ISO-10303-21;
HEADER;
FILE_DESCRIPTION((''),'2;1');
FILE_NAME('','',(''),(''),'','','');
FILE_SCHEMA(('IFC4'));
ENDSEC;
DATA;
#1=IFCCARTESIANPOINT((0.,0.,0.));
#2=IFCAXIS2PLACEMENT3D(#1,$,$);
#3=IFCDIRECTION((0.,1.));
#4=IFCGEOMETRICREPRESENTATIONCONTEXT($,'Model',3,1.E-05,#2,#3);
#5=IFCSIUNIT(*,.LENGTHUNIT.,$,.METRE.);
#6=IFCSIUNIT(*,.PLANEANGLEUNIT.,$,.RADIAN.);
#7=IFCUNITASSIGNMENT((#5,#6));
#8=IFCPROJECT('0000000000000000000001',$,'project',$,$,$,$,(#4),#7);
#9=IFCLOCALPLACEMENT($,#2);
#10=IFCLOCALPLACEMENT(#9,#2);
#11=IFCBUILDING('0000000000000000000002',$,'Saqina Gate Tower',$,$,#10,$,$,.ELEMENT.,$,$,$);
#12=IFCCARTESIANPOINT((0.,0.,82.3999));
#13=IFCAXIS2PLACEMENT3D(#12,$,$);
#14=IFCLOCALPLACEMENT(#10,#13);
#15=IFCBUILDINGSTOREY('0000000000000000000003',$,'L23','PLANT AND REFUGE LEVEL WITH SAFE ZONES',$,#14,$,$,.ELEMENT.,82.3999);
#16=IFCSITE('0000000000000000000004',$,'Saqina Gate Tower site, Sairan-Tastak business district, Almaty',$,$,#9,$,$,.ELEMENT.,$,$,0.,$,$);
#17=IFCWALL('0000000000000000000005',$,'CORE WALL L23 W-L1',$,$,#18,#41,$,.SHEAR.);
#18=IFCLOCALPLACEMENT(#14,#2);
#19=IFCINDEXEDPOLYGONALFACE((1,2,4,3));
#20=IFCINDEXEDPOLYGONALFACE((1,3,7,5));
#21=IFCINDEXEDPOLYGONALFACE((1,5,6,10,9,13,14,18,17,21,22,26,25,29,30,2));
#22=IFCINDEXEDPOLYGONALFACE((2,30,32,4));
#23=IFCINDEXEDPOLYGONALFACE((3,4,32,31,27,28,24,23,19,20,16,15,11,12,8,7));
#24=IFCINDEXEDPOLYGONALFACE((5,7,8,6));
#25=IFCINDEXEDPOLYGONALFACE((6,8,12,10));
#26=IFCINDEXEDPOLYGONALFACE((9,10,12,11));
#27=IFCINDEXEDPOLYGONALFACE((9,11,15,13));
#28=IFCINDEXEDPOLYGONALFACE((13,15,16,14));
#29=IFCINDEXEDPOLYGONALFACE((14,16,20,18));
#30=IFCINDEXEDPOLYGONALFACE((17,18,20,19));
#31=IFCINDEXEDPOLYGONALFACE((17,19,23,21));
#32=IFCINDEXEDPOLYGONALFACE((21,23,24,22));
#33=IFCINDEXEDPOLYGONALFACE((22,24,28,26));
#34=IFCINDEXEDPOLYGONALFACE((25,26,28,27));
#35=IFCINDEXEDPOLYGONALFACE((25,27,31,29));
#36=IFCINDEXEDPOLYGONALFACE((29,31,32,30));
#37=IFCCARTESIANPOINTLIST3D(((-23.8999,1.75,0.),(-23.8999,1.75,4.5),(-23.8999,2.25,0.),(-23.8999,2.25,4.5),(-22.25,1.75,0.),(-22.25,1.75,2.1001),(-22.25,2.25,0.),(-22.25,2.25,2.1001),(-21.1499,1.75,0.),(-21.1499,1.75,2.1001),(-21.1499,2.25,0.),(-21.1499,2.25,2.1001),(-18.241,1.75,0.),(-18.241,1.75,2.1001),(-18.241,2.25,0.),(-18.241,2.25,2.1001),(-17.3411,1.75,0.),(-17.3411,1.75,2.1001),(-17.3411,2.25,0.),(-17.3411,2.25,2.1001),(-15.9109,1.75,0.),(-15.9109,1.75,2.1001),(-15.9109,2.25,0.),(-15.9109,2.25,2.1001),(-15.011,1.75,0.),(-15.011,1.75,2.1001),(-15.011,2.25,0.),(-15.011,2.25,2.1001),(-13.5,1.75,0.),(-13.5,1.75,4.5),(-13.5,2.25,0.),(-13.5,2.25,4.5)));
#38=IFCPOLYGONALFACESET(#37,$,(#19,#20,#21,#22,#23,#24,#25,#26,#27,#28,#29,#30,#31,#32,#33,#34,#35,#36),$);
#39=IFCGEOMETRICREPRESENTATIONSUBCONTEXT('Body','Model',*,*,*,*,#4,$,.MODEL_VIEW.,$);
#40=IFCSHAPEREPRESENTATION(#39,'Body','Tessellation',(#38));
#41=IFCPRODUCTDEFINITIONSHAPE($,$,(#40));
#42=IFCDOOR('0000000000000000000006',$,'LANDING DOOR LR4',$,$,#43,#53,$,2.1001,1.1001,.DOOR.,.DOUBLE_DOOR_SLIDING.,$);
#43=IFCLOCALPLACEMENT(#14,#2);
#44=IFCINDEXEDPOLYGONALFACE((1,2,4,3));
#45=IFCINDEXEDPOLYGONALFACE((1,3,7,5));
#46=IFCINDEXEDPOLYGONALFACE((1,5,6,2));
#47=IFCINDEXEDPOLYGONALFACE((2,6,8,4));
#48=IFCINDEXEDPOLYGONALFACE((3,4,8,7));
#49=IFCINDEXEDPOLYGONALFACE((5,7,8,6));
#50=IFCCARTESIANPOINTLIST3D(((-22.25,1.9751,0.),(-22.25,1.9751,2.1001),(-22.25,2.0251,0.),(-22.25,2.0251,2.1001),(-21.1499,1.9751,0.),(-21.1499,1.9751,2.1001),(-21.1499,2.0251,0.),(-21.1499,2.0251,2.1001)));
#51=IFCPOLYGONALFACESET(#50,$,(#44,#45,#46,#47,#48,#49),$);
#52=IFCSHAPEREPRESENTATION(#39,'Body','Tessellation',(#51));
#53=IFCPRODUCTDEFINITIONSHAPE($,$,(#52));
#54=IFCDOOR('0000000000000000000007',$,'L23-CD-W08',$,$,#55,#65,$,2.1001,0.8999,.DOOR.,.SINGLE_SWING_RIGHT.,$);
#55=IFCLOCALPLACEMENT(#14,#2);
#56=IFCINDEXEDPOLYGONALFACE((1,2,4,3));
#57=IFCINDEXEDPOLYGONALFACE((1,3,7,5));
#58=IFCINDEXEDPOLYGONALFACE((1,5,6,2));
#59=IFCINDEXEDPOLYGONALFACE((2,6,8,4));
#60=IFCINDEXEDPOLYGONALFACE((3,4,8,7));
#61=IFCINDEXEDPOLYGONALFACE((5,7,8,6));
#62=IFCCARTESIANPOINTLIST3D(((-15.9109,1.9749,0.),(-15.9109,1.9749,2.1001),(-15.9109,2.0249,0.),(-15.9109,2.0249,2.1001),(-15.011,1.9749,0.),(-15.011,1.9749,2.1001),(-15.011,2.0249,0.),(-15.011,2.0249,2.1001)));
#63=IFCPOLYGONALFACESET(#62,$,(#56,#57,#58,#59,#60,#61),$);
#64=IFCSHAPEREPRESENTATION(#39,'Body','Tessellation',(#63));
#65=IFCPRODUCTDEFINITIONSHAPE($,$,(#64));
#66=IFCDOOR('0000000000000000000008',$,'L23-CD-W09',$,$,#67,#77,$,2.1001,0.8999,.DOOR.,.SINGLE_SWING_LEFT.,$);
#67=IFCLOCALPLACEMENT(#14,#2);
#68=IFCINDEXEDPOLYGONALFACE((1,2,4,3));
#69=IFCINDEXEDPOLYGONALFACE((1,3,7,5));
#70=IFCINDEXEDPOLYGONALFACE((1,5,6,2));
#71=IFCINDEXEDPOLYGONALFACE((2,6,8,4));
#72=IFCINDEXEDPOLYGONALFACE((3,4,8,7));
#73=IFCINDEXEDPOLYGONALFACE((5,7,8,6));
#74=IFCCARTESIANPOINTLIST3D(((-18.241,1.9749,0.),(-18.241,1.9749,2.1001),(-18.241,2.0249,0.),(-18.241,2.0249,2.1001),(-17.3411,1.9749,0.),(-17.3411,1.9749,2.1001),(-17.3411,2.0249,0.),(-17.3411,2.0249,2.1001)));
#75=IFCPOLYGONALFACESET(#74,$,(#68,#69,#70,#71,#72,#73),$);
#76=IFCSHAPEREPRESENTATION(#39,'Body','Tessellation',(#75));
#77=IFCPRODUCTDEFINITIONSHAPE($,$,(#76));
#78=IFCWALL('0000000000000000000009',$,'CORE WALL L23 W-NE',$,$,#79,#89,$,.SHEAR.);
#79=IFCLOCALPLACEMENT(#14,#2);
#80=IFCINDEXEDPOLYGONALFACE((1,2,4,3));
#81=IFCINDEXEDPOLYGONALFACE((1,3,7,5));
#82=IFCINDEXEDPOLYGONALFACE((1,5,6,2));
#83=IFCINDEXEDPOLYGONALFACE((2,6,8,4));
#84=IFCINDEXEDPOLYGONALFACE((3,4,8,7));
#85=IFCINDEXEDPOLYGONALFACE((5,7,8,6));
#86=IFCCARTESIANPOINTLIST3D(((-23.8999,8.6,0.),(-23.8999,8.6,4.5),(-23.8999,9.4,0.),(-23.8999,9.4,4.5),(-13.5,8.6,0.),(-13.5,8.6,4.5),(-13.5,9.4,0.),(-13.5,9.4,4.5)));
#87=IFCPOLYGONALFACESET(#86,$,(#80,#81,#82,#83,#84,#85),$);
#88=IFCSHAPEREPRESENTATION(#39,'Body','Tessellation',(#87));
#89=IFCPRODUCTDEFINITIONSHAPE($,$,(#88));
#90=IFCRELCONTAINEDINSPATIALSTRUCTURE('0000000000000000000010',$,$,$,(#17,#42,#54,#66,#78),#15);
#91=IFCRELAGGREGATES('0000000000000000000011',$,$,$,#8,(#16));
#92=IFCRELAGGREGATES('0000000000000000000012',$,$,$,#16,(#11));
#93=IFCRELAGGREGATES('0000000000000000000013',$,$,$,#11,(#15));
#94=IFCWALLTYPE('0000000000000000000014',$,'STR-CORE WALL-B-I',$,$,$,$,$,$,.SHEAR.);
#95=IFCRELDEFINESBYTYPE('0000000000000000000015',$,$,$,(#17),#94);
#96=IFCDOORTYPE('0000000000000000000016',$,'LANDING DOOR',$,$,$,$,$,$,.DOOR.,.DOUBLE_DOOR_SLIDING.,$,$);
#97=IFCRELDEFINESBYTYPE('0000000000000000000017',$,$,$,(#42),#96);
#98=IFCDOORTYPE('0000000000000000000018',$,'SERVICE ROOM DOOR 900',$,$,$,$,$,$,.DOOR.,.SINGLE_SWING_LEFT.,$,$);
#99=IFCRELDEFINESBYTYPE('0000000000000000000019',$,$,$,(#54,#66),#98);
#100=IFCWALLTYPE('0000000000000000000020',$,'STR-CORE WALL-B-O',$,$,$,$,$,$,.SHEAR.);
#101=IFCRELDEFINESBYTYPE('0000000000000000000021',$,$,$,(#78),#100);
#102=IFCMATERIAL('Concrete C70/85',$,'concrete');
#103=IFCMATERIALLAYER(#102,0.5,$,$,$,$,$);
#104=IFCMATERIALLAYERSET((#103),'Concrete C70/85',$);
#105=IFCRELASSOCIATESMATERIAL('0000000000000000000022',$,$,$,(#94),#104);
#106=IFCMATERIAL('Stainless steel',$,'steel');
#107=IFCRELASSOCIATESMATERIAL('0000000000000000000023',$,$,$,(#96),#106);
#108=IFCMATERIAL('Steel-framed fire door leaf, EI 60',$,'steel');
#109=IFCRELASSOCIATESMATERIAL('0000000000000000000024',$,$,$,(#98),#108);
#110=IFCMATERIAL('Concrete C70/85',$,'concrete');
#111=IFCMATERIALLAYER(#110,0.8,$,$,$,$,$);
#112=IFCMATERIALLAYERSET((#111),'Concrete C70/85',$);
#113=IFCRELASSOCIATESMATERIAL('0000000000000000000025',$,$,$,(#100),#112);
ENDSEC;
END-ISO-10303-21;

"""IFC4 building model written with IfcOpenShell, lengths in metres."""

from ifc_helpers import new_model, si_unit, direction, frame, frame_2d, origin, place, context, subcontext, project, spatial, rectangle, extrude, material, layer, layer_set, type_object, element, fill, save


model = new_model("IFC4")

# Units and contexts
model_context = context("Model", 3, precision=1e-05, world=origin(), true_north=direction((0.0, 1.0)))
body_context = subcontext(model_context, "Body", "Model", "MODEL_VIEW")
ifc_project = project(units=[si_unit("LENGTHUNIT", "METRE"), si_unit("PLANEANGLEUNIT", "RADIAN")], contexts=[model_context])

# Site, building, storey
site_placement = place(None, origin())
site = spatial("IfcSite", under=ifc_project, at=site_placement, Name="Saqina Gate Tower site, Sairan-Tastak business district, Almaty", CompositionType="ELEMENT", RefElevation=0.0)
building_placement = place(site_placement, origin())
building = spatial("IfcBuilding", under=site, at=building_placement, Name="Saqina Gate Tower", CompositionType="ELEMENT")
storey_placement = place(building_placement, frame((0.0, 0.0, 82.3999)))
storey = spatial("IfcBuildingStorey", under=building, at=storey_placement, Name="L23", Description="PLANT AND REFUGE LEVEL WITH SAFE ZONES", CompositionType="ELEMENT", Elevation=82.3999)

# Shared definitions
ifc_material_1 = material(Name="Concrete C70/85", Category="concrete")
ifc_layer_1 = layer(ifc_material_1, 0.5)
ifc_layer_set_1 = layer_set([ifc_layer_1], Name="Concrete C70/85")
wall_type_1 = type_object("IfcWallType", Name="STR-CORE WALL-B-I", PredefinedType="SHEAR", material=ifc_layer_set_1)

# Wall, openings, doors
wall_1_placement = place(storey_placement, frame((-13.5, 2.0, 0.0), z_axis=(0.0, 0.0, 1.0), x_axis=(-1.0, 0.0, 0.0)))
wall_1 = element("IfcWall", 1, at=wall_1_placement, inside=storey, type_object=wall_type_1, Name="CORE WALL L23 W-L1", PredefinedType="SHEAR", context=body_context, shape_type="SweptSolid", body=[
    extrude(rectangle(XDim=10.3999, YDim=0.5, at=frame_2d((5.2, 0.0))), origin(), (0.0, 0.0, 1.0), 4.5),
])
opening_1_placement = place(wall_1_placement, frame((7.6499, 0.0, 0.0)))
opening_1 = element("IfcOpeningElement", 2, at=opening_1_placement, cuts=wall_1, PredefinedType="OPENING", context=body_context, shape_type="SweptSolid", body=[
    extrude(rectangle(XDim=1.1001, YDim=2.1001, at=frame_2d((0.55, 1.05))), frame((0.0, 0.262, 0.0), z_axis=(0.0, -1.0, 0.0), x_axis=(1.0, 0.0, 0.0)), (0.0, 0.0, 1.0), 0.5239),
])
opening_2_placement = place(wall_1_placement, frame((1.511, 0.0, 0.0)))
opening_2 = element("IfcOpeningElement", 3, at=opening_2_placement, cuts=wall_1, PredefinedType="OPENING", context=body_context, shape_type="SweptSolid", body=[
    extrude(rectangle(XDim=0.8999, YDim=2.1001, at=frame_2d((0.45, 1.05))), frame((0.0, 0.262, 0.0), z_axis=(0.0, -1.0, 0.0), x_axis=(1.0, 0.0, 0.0)), (0.0, 0.0, 1.0), 0.5239),
])
opening_3_placement = place(wall_1_placement, frame((3.8411, 0.0, 0.0)))
opening_3 = element("IfcOpeningElement", 4, at=opening_3_placement, cuts=wall_1, PredefinedType="OPENING", context=body_context, shape_type="SweptSolid", body=[
    extrude(rectangle(XDim=0.8999, YDim=2.1001, at=frame_2d((0.45, 1.05))), frame((0.0, 0.262, 0.0), z_axis=(0.0, -1.0, 0.0), x_axis=(1.0, 0.0, 0.0)), (0.0, 0.0, 1.0), 0.5239),
])
ifc_material_2 = material(Name="Stainless steel", Category="steel")
door_type_1 = type_object("IfcDoorType", Name="LANDING DOOR", OperationType="DOUBLE_DOOR_SLIDING", PredefinedType="DOOR", material=ifc_material_2)
door_1_placement = place(opening_1_placement, origin())
door_1 = element("IfcDoor", 5, at=door_1_placement, inside=storey, type_object=door_type_1, Name="LANDING DOOR LR4", OperationType="DOUBLE_DOOR_SLIDING", OverallHeight=2.1001, OverallWidth=1.1001, PredefinedType="DOOR", context=body_context, shape_type="SweptSolid", body=[
    extrude(rectangle(XDim=1.1001, YDim=2.1001, at=frame_2d((0.55, 1.05))), frame((0.0, 0.0249, 0.0), z_axis=(0.0, -1.0, 0.0), x_axis=(1.0, 0.0, 0.0)), (0.0, 0.0, 1.0), 0.05),
])
fill(opening_1, door_1)
ifc_material_3 = material(Name="Steel-framed fire door leaf, EI 60", Category="steel")
door_type_2 = type_object("IfcDoorType", Name="SERVICE ROOM DOOR 900", OperationType="SINGLE_SWING_LEFT", PredefinedType="DOOR", material=ifc_material_3)
door_2_placement = place(opening_2_placement, frame((0.8999, 0.0, 0.0), z_axis=(0.0, 0.0, 1.0), x_axis=(-1.0, 0.0, 0.0)))
door_2 = element("IfcDoor", 6, at=door_2_placement, inside=storey, type_object=door_type_2, Name="L23-CD-W08", OperationType="SINGLE_SWING_RIGHT", OverallHeight=2.1001, OverallWidth=0.8999, PredefinedType="DOOR", context=body_context, shape_type="SweptSolid", body=[
    extrude(rectangle(XDim=0.8999, YDim=2.1001, at=frame_2d((0.45, 1.05))), frame((0.0, 0.0249, 0.0), z_axis=(0.0, -1.0, 0.0), x_axis=(1.0, 0.0, 0.0)), (0.0, 0.0, 1.0), 0.05),
])
fill(opening_2, door_2)
door_3_placement = place(opening_3_placement, frame((0.8999, 0.0, 0.0), z_axis=(0.0, 0.0, 1.0), x_axis=(-1.0, 0.0, 0.0)))
door_3 = element("IfcDoor", 7, at=door_3_placement, inside=storey, type_object=door_type_2, Name="L23-CD-W09", OperationType="SINGLE_SWING_LEFT", OverallHeight=2.1001, OverallWidth=0.8999, PredefinedType="DOOR", context=body_context, shape_type="SweptSolid", body=[
    extrude(rectangle(XDim=0.8999, YDim=2.1001, at=frame_2d((0.45, 1.05))), frame((0.0, 0.0249, 0.0), z_axis=(0.0, -1.0, 0.0), x_axis=(1.0, 0.0, 0.0)), (0.0, 0.0, 1.0), 0.05),
])
fill(opening_3, door_3)

# Wall
ifc_material_4 = material(Name="Concrete C70/85", Category="concrete")
ifc_layer_2 = layer(ifc_material_4, 0.8)
ifc_layer_set_2 = layer_set([ifc_layer_2], Name="Concrete C70/85")
wall_type_2 = type_object("IfcWallType", Name="STR-CORE WALL-B-O", PredefinedType="SHEAR", material=ifc_layer_set_2)
wall_2_placement = place(storey_placement, frame((-13.5, 9.0, 0.0), z_axis=(0.0, 0.0, 1.0), x_axis=(-1.0, 0.0, 0.0)))
element("IfcWall", 8, at=wall_2_placement, inside=storey, type_object=wall_type_2, Name="CORE WALL L23 W-NE", PredefinedType="SHEAR", context=body_context, shape_type="SweptSolid", body=[
    extrude(rectangle(XDim=10.3999, YDim=0.8, at=frame_2d((5.2, 0.0))), origin(), (0.0, 0.0, 1.0), 4.5),
])

save(model, "model.ifc")
